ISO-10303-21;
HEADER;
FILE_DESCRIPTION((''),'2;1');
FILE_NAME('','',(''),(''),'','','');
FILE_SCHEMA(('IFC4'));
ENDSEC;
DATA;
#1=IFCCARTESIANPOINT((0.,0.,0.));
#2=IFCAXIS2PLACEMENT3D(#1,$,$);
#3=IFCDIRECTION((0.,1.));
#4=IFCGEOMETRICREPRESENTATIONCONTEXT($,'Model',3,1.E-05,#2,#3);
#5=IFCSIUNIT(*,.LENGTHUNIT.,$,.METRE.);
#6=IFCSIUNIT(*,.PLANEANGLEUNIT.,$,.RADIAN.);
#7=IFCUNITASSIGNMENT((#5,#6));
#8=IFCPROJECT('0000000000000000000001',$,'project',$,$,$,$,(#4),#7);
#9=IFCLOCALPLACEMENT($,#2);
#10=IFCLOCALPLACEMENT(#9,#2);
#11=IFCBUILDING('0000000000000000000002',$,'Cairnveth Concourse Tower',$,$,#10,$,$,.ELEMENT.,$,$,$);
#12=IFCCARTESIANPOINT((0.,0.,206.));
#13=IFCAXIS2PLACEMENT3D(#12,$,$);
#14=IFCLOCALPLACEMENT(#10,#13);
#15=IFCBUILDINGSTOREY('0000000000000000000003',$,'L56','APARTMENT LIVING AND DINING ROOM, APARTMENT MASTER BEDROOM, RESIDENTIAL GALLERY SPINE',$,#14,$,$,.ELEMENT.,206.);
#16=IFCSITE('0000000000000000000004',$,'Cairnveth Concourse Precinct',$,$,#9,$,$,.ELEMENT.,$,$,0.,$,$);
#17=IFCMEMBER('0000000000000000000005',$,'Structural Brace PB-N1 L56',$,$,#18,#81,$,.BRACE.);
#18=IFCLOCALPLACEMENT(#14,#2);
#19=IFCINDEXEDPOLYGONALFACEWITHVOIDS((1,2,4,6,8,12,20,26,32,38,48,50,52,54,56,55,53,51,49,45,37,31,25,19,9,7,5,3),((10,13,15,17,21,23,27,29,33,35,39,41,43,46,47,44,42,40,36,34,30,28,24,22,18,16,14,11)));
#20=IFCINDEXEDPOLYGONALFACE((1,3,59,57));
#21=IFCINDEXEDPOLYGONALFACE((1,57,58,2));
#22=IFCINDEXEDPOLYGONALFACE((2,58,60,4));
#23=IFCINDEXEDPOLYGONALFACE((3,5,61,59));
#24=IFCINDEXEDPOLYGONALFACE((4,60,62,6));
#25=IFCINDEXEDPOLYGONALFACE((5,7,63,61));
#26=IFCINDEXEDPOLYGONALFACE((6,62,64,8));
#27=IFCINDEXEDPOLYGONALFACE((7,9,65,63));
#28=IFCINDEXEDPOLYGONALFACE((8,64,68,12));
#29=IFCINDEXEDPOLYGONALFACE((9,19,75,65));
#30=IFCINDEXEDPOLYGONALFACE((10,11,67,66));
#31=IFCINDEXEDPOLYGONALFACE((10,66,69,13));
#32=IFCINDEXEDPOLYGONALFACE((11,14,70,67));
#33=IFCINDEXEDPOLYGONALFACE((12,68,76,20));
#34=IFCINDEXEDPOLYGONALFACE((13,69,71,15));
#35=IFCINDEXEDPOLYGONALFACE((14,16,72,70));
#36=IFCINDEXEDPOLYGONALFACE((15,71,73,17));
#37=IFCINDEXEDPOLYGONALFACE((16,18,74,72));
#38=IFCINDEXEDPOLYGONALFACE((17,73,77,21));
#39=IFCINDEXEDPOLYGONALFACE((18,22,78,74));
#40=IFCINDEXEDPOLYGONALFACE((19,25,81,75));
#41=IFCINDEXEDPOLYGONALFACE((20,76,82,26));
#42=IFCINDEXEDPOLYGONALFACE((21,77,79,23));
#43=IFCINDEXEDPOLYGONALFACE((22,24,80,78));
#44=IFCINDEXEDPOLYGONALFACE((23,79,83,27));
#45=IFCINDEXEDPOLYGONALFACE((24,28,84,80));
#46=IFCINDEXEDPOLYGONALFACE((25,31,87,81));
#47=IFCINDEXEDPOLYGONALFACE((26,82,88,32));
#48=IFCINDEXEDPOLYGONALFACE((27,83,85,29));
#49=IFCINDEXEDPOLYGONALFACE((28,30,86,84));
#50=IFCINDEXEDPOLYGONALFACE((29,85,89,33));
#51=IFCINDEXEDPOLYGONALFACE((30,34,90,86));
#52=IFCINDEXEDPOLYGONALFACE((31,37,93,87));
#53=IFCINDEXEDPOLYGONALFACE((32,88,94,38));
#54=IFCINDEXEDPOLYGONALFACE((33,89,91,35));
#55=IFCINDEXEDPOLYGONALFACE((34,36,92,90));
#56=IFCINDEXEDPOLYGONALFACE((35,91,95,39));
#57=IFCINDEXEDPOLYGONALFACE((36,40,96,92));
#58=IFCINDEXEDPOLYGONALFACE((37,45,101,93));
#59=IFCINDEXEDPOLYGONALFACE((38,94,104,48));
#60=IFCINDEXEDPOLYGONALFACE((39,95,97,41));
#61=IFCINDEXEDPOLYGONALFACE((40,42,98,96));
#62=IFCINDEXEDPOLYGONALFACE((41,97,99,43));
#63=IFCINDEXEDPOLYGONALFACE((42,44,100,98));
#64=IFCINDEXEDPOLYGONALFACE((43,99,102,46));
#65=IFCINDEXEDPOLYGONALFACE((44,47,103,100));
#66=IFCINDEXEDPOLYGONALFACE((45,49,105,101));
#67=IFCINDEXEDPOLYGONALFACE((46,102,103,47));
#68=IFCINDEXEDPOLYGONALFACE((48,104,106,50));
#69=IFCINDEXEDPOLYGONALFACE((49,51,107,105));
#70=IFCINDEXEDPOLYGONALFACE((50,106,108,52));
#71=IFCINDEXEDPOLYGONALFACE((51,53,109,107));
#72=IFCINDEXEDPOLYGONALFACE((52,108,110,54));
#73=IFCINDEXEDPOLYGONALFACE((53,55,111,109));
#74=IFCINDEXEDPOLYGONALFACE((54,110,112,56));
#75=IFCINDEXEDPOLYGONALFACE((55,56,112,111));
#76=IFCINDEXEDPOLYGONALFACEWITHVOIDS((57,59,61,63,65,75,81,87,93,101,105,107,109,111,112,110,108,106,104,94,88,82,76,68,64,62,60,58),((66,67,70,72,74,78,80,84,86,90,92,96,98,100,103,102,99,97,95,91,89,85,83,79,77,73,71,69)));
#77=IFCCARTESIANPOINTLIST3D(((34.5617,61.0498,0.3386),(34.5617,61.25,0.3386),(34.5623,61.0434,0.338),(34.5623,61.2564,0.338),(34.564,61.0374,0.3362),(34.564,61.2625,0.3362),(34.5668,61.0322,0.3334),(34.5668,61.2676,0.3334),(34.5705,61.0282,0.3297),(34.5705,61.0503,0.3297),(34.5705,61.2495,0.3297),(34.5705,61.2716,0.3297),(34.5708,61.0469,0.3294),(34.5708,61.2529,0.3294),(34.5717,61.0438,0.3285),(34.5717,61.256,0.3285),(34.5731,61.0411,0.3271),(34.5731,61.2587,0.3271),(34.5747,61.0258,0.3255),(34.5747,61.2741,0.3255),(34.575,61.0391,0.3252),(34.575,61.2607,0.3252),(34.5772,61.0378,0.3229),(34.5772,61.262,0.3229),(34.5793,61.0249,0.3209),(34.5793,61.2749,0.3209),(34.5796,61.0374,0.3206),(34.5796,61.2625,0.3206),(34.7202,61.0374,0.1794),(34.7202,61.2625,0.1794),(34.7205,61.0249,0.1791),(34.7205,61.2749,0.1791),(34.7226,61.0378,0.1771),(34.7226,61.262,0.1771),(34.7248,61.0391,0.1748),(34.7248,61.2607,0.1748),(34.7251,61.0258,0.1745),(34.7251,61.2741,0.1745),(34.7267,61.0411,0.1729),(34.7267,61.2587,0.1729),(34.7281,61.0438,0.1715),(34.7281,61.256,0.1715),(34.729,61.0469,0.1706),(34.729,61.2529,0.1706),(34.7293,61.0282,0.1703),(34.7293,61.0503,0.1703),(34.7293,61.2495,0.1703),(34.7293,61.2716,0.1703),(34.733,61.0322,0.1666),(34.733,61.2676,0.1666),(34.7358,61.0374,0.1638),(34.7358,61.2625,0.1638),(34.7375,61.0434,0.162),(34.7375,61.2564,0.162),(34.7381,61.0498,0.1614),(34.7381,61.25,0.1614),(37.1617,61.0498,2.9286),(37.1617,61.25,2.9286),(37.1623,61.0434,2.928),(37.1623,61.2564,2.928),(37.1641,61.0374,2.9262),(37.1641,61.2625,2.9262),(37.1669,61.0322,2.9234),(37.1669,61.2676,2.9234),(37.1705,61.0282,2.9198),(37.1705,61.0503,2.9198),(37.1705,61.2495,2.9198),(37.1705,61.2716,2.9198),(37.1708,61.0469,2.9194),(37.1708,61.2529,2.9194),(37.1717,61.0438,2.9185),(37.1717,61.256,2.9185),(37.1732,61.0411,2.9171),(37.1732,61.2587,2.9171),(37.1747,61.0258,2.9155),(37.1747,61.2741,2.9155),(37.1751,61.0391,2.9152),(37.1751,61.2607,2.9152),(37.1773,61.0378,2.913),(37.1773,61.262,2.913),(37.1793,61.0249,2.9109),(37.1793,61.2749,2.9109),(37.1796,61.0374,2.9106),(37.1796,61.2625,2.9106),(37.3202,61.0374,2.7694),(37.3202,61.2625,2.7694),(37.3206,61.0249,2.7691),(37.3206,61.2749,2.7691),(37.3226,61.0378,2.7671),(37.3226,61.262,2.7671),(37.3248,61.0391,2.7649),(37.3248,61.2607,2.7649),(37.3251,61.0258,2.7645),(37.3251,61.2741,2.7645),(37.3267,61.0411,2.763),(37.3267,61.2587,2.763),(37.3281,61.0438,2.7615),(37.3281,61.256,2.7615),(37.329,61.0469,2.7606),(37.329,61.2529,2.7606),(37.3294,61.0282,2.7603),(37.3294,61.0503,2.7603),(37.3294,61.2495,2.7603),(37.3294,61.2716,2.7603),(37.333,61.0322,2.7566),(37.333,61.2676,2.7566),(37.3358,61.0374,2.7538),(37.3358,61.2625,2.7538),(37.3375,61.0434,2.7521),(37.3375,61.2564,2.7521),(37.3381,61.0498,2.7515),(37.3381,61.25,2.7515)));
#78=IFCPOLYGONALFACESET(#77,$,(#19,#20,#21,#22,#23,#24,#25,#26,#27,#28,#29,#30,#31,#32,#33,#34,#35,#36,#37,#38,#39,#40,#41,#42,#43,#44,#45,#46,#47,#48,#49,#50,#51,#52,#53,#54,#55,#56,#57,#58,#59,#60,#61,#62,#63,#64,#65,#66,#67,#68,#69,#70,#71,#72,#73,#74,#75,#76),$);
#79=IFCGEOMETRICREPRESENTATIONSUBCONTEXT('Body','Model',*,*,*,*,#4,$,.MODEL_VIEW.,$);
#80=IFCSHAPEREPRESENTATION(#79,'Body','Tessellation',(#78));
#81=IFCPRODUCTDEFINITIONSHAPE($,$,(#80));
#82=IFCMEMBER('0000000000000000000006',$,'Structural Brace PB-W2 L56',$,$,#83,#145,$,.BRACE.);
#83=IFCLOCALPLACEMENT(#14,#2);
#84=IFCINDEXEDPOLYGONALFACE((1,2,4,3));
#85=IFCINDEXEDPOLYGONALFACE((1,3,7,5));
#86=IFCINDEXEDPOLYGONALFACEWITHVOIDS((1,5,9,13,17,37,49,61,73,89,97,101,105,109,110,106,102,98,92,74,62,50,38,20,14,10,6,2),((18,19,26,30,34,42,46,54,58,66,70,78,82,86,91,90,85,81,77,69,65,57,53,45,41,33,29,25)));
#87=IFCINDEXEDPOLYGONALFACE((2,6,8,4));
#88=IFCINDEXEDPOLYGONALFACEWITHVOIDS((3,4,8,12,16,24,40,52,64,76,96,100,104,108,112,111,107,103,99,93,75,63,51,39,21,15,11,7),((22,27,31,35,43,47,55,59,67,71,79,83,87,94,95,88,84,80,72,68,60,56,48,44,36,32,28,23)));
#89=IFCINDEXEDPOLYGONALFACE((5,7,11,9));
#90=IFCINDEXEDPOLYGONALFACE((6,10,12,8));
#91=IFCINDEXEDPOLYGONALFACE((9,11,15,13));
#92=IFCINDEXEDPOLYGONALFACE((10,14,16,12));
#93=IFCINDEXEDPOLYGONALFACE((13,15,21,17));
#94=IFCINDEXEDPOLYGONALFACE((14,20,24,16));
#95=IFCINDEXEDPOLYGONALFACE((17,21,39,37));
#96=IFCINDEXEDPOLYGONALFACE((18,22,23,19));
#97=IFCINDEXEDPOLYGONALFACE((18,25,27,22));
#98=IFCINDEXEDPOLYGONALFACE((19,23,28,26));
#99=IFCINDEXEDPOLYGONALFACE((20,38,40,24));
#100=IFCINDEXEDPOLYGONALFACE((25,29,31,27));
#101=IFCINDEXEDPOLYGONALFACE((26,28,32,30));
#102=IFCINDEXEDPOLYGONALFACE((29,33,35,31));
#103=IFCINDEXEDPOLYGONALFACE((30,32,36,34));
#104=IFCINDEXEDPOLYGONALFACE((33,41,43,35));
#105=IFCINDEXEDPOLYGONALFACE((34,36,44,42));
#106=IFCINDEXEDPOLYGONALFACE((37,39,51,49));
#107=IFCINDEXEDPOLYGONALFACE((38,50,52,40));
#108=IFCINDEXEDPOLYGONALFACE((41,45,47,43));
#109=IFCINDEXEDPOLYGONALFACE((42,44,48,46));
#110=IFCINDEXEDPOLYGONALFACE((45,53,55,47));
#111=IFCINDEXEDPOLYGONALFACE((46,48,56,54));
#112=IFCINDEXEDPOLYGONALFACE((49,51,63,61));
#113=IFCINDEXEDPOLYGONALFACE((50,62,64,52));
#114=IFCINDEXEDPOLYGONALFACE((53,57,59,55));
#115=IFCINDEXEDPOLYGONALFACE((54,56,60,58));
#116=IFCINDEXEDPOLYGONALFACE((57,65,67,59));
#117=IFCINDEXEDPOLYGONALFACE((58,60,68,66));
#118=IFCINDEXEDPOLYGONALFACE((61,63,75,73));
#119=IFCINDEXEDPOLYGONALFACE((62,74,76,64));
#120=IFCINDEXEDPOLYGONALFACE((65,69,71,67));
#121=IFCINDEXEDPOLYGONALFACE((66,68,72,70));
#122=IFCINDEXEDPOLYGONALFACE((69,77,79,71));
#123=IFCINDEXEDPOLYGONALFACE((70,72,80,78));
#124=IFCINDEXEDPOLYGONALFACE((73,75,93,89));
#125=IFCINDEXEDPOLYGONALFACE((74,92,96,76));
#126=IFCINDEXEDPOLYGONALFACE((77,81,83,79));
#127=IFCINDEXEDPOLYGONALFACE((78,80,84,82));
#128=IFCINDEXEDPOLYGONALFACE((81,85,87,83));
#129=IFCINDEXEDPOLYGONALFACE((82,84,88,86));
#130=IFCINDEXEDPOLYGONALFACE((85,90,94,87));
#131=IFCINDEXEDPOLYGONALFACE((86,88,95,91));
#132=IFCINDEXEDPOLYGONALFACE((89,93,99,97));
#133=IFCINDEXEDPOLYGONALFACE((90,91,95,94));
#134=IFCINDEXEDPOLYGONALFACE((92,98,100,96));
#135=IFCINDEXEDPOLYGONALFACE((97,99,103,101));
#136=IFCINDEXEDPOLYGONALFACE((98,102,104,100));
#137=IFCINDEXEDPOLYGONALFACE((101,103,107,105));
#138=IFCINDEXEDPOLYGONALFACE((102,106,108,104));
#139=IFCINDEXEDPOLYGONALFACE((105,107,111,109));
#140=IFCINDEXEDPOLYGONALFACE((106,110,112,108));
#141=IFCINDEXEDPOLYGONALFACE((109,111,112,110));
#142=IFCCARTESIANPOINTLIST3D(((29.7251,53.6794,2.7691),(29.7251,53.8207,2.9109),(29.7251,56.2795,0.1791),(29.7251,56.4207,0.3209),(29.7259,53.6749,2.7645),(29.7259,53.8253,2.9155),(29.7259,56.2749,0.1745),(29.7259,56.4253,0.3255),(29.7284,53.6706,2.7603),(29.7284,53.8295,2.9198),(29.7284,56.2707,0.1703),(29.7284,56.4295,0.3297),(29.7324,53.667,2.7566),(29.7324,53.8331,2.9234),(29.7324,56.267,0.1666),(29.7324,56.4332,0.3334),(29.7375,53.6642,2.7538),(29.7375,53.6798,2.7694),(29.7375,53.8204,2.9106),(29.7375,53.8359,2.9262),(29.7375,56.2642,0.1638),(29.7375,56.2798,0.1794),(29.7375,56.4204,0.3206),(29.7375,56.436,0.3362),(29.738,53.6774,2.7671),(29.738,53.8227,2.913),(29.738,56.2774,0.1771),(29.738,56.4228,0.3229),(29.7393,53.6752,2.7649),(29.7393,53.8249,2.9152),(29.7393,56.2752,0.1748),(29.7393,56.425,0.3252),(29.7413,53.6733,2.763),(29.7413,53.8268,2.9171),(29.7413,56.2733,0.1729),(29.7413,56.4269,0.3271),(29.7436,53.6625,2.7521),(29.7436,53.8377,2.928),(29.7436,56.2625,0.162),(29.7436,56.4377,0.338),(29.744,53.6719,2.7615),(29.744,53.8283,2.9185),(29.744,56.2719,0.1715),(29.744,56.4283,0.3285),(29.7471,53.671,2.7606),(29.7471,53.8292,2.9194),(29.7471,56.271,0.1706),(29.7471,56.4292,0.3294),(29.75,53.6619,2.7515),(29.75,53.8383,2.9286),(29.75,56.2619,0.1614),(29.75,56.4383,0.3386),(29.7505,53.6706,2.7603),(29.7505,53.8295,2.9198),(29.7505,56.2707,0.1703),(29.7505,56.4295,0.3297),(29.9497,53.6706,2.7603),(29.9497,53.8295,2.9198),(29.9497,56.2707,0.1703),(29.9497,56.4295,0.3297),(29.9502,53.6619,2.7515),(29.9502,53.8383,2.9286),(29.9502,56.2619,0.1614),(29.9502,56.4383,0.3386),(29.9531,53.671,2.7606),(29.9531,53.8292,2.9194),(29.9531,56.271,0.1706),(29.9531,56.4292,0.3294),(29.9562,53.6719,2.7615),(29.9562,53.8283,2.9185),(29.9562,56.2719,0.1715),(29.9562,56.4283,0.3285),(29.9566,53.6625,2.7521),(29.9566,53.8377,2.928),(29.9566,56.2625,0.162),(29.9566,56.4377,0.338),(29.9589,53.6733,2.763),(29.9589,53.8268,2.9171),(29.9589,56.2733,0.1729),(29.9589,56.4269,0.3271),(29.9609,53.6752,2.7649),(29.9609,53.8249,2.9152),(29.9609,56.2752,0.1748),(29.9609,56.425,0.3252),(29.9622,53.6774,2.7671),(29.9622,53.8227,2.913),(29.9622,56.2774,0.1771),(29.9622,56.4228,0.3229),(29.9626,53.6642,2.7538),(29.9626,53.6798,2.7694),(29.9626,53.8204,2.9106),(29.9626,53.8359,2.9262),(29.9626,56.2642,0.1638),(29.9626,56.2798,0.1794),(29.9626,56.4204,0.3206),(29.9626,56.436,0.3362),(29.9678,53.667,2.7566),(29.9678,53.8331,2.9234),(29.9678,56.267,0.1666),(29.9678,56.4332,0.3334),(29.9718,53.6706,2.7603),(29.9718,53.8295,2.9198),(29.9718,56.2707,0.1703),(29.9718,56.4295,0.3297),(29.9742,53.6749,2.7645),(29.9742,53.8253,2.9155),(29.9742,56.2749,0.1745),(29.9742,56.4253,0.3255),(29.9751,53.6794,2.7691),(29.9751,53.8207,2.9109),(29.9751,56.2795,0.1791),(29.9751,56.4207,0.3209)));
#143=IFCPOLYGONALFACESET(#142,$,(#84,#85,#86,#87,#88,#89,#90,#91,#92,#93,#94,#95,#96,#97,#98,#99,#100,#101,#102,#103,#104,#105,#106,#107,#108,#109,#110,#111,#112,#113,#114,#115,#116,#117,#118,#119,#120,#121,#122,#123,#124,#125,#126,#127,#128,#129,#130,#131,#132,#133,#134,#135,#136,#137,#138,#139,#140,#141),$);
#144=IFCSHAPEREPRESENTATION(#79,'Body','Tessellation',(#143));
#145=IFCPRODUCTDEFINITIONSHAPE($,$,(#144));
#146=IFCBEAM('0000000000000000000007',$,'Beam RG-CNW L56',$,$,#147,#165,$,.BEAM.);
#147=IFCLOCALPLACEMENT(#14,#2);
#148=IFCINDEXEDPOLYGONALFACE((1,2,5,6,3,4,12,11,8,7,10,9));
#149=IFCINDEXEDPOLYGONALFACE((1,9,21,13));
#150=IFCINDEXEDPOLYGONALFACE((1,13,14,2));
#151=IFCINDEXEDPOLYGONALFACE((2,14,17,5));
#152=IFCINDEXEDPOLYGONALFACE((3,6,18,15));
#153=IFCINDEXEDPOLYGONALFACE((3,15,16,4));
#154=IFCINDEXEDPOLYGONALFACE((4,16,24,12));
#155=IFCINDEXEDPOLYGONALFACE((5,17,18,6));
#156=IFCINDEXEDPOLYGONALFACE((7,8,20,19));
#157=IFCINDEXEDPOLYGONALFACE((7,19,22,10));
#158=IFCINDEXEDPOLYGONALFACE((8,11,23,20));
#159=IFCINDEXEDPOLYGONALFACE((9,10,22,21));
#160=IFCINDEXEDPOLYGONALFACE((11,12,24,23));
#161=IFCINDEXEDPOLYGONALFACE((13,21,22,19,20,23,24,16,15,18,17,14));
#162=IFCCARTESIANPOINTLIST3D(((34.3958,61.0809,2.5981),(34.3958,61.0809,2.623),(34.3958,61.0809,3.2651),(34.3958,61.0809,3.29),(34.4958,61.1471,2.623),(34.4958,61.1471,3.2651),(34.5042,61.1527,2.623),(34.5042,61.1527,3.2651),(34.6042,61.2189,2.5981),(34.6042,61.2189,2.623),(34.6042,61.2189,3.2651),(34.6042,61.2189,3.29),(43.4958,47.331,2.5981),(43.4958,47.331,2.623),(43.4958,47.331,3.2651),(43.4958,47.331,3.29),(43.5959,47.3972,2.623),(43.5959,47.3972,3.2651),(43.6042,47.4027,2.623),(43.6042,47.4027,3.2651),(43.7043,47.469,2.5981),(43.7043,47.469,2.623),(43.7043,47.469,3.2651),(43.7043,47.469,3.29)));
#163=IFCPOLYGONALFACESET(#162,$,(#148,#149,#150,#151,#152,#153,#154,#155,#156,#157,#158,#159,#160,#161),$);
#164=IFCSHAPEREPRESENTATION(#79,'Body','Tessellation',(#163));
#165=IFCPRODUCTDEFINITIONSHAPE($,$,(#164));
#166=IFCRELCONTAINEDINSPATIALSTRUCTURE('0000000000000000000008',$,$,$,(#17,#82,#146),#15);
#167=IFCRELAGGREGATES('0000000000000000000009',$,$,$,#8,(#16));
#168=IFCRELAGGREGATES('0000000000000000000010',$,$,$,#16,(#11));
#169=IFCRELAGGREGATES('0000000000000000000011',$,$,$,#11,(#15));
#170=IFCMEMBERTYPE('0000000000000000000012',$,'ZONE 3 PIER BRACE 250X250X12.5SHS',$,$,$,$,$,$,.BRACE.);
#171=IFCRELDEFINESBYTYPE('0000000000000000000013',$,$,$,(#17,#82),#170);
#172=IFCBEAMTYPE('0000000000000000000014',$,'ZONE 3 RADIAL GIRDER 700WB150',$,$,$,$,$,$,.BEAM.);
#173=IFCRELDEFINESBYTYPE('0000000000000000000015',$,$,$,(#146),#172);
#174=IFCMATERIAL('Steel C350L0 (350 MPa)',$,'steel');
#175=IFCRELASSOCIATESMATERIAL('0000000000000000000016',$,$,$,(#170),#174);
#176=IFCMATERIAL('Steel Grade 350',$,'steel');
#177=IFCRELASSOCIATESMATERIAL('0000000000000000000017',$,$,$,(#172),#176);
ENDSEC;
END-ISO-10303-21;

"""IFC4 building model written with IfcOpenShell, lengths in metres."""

from ifc_helpers import new_model, si_unit, direction, frame, origin, origin_2d, place, context, subcontext, project, spatial, hollow_rectangle, i_section, extrude, material, material_profile, profile_set, type_object, element, save


model = new_model("IFC4")

# Units and contexts
model_context = context("Model", 3, precision=1e-05, world=origin(), true_north=direction((0.0, 1.0)))
body_context = subcontext(model_context, "Body", "Model", "MODEL_VIEW")
ifc_project = project(units=[si_unit("LENGTHUNIT", "METRE"), si_unit("PLANEANGLEUNIT", "RADIAN")], contexts=[model_context])

# Site, building, storey
site_placement = place(None, origin())
site = spatial("IfcSite", under=ifc_project, at=site_placement, Name="Cairnveth Concourse Precinct", CompositionType="ELEMENT", RefElevation=0.0)
building_placement = place(site_placement, origin())
building = spatial("IfcBuilding", under=site, at=building_placement, Name="Cairnveth Concourse Tower", CompositionType="ELEMENT")
storey_placement = place(building_placement, frame((0.0, 0.0, 206.0)))
storey = spatial("IfcBuildingStorey", under=building, at=storey_placement, Name="L56", Description="APARTMENT LIVING AND DINING ROOM, APARTMENT MASTER BEDROOM, RESIDENTIAL GALLERY SPINE", CompositionType="ELEMENT", Elevation=206.0)

# Shared definitions
ifc_material_1 = material(Name="Steel Grade 350", Category="steel")

# Members
ifc_material_2 = material(Name="Steel C350L0 (350 MPa)", Category="steel")
ifc_material_profile_1 = material_profile(ifc_material_2, hollow_rectangle(XDim=0.25, YDim=0.25, WallThickness=0.0125, InnerFilletRadius=0.0129, OuterFilletRadius=0.0249, at=origin_2d()), Name="250x250x12.5SHS")
ifc_profile_set_1 = profile_set([ifc_material_profile_1], Name="Steel C350L0 (350 MPa)")
member_type = type_object("IfcMemberType", Name="ZONE 3 PIER BRACE 250X250X12.5SHS", PredefinedType="BRACE", material=ifc_profile_set_1)
for number, where, z_axis, x_axis, name in (
    (1, (34.6499, 61.1499, 0.25), (0.708469, 0.0, 0.705742), (0.0, 1.0, 0.0), "Structural Brace PB-N1 L56"),
    (2, (29.8501, 56.3501, 0.25), (0.0, -0.708469, 0.705742), (1.0, 0.0, 0.0), "Structural Brace PB-W2 L56"),
):
    element("IfcMember", number, at=place(storey_placement, frame(where, z_axis=z_axis, x_axis=x_axis)), inside=storey, type_object=member_type, Name=name, PredefinedType="BRACE", context=body_context, shape_type="SweptSolid", body=[
        extrude(hollow_rectangle(XDim=0.25, YDim=0.25, WallThickness=0.0125, InnerFilletRadius=0.0129, OuterFilletRadius=0.0249, at=origin_2d()), origin(), (0.0, 0.0, 1.0), 3.6699),
    ])

# Beam
ifc_material_profile_2 = material_profile(ifc_material_1, i_section(OverallWidth=0.25, OverallDepth=0.6919, WebThickness=0.01, FlangeThickness=0.0249, at=origin_2d()), Name="700WB150")
ifc_profile_set_2 = profile_set([ifc_material_profile_2], Name="Steel Grade 350")
beam_type_1 = type_object("IfcBeamType", Name="ZONE 3 RADIAL GIRDER 700WB150", PredefinedType="BEAM", material=ifc_profile_set_2)
beam_1_placement = place(storey_placement, frame((34.5, 61.1499, 2.9441), z_axis=(0.551902, -0.833909, 0.0), x_axis=(0.833909, 0.551902, 0.0)))
element("IfcBeam", 3, at=beam_1_placement, inside=storey, type_object=beam_type_1, Name="Beam RG-CNW L56", PredefinedType="BEAM", context=body_context, shape_type="SweptSolid", body=[
    extrude(i_section(OverallWidth=0.25, OverallDepth=0.6919, WebThickness=0.01, FlangeThickness=0.0249, at=origin_2d()), origin(), (0.0, 0.0, 1.0), 16.4885),
])

save(model, "model.ifc")
